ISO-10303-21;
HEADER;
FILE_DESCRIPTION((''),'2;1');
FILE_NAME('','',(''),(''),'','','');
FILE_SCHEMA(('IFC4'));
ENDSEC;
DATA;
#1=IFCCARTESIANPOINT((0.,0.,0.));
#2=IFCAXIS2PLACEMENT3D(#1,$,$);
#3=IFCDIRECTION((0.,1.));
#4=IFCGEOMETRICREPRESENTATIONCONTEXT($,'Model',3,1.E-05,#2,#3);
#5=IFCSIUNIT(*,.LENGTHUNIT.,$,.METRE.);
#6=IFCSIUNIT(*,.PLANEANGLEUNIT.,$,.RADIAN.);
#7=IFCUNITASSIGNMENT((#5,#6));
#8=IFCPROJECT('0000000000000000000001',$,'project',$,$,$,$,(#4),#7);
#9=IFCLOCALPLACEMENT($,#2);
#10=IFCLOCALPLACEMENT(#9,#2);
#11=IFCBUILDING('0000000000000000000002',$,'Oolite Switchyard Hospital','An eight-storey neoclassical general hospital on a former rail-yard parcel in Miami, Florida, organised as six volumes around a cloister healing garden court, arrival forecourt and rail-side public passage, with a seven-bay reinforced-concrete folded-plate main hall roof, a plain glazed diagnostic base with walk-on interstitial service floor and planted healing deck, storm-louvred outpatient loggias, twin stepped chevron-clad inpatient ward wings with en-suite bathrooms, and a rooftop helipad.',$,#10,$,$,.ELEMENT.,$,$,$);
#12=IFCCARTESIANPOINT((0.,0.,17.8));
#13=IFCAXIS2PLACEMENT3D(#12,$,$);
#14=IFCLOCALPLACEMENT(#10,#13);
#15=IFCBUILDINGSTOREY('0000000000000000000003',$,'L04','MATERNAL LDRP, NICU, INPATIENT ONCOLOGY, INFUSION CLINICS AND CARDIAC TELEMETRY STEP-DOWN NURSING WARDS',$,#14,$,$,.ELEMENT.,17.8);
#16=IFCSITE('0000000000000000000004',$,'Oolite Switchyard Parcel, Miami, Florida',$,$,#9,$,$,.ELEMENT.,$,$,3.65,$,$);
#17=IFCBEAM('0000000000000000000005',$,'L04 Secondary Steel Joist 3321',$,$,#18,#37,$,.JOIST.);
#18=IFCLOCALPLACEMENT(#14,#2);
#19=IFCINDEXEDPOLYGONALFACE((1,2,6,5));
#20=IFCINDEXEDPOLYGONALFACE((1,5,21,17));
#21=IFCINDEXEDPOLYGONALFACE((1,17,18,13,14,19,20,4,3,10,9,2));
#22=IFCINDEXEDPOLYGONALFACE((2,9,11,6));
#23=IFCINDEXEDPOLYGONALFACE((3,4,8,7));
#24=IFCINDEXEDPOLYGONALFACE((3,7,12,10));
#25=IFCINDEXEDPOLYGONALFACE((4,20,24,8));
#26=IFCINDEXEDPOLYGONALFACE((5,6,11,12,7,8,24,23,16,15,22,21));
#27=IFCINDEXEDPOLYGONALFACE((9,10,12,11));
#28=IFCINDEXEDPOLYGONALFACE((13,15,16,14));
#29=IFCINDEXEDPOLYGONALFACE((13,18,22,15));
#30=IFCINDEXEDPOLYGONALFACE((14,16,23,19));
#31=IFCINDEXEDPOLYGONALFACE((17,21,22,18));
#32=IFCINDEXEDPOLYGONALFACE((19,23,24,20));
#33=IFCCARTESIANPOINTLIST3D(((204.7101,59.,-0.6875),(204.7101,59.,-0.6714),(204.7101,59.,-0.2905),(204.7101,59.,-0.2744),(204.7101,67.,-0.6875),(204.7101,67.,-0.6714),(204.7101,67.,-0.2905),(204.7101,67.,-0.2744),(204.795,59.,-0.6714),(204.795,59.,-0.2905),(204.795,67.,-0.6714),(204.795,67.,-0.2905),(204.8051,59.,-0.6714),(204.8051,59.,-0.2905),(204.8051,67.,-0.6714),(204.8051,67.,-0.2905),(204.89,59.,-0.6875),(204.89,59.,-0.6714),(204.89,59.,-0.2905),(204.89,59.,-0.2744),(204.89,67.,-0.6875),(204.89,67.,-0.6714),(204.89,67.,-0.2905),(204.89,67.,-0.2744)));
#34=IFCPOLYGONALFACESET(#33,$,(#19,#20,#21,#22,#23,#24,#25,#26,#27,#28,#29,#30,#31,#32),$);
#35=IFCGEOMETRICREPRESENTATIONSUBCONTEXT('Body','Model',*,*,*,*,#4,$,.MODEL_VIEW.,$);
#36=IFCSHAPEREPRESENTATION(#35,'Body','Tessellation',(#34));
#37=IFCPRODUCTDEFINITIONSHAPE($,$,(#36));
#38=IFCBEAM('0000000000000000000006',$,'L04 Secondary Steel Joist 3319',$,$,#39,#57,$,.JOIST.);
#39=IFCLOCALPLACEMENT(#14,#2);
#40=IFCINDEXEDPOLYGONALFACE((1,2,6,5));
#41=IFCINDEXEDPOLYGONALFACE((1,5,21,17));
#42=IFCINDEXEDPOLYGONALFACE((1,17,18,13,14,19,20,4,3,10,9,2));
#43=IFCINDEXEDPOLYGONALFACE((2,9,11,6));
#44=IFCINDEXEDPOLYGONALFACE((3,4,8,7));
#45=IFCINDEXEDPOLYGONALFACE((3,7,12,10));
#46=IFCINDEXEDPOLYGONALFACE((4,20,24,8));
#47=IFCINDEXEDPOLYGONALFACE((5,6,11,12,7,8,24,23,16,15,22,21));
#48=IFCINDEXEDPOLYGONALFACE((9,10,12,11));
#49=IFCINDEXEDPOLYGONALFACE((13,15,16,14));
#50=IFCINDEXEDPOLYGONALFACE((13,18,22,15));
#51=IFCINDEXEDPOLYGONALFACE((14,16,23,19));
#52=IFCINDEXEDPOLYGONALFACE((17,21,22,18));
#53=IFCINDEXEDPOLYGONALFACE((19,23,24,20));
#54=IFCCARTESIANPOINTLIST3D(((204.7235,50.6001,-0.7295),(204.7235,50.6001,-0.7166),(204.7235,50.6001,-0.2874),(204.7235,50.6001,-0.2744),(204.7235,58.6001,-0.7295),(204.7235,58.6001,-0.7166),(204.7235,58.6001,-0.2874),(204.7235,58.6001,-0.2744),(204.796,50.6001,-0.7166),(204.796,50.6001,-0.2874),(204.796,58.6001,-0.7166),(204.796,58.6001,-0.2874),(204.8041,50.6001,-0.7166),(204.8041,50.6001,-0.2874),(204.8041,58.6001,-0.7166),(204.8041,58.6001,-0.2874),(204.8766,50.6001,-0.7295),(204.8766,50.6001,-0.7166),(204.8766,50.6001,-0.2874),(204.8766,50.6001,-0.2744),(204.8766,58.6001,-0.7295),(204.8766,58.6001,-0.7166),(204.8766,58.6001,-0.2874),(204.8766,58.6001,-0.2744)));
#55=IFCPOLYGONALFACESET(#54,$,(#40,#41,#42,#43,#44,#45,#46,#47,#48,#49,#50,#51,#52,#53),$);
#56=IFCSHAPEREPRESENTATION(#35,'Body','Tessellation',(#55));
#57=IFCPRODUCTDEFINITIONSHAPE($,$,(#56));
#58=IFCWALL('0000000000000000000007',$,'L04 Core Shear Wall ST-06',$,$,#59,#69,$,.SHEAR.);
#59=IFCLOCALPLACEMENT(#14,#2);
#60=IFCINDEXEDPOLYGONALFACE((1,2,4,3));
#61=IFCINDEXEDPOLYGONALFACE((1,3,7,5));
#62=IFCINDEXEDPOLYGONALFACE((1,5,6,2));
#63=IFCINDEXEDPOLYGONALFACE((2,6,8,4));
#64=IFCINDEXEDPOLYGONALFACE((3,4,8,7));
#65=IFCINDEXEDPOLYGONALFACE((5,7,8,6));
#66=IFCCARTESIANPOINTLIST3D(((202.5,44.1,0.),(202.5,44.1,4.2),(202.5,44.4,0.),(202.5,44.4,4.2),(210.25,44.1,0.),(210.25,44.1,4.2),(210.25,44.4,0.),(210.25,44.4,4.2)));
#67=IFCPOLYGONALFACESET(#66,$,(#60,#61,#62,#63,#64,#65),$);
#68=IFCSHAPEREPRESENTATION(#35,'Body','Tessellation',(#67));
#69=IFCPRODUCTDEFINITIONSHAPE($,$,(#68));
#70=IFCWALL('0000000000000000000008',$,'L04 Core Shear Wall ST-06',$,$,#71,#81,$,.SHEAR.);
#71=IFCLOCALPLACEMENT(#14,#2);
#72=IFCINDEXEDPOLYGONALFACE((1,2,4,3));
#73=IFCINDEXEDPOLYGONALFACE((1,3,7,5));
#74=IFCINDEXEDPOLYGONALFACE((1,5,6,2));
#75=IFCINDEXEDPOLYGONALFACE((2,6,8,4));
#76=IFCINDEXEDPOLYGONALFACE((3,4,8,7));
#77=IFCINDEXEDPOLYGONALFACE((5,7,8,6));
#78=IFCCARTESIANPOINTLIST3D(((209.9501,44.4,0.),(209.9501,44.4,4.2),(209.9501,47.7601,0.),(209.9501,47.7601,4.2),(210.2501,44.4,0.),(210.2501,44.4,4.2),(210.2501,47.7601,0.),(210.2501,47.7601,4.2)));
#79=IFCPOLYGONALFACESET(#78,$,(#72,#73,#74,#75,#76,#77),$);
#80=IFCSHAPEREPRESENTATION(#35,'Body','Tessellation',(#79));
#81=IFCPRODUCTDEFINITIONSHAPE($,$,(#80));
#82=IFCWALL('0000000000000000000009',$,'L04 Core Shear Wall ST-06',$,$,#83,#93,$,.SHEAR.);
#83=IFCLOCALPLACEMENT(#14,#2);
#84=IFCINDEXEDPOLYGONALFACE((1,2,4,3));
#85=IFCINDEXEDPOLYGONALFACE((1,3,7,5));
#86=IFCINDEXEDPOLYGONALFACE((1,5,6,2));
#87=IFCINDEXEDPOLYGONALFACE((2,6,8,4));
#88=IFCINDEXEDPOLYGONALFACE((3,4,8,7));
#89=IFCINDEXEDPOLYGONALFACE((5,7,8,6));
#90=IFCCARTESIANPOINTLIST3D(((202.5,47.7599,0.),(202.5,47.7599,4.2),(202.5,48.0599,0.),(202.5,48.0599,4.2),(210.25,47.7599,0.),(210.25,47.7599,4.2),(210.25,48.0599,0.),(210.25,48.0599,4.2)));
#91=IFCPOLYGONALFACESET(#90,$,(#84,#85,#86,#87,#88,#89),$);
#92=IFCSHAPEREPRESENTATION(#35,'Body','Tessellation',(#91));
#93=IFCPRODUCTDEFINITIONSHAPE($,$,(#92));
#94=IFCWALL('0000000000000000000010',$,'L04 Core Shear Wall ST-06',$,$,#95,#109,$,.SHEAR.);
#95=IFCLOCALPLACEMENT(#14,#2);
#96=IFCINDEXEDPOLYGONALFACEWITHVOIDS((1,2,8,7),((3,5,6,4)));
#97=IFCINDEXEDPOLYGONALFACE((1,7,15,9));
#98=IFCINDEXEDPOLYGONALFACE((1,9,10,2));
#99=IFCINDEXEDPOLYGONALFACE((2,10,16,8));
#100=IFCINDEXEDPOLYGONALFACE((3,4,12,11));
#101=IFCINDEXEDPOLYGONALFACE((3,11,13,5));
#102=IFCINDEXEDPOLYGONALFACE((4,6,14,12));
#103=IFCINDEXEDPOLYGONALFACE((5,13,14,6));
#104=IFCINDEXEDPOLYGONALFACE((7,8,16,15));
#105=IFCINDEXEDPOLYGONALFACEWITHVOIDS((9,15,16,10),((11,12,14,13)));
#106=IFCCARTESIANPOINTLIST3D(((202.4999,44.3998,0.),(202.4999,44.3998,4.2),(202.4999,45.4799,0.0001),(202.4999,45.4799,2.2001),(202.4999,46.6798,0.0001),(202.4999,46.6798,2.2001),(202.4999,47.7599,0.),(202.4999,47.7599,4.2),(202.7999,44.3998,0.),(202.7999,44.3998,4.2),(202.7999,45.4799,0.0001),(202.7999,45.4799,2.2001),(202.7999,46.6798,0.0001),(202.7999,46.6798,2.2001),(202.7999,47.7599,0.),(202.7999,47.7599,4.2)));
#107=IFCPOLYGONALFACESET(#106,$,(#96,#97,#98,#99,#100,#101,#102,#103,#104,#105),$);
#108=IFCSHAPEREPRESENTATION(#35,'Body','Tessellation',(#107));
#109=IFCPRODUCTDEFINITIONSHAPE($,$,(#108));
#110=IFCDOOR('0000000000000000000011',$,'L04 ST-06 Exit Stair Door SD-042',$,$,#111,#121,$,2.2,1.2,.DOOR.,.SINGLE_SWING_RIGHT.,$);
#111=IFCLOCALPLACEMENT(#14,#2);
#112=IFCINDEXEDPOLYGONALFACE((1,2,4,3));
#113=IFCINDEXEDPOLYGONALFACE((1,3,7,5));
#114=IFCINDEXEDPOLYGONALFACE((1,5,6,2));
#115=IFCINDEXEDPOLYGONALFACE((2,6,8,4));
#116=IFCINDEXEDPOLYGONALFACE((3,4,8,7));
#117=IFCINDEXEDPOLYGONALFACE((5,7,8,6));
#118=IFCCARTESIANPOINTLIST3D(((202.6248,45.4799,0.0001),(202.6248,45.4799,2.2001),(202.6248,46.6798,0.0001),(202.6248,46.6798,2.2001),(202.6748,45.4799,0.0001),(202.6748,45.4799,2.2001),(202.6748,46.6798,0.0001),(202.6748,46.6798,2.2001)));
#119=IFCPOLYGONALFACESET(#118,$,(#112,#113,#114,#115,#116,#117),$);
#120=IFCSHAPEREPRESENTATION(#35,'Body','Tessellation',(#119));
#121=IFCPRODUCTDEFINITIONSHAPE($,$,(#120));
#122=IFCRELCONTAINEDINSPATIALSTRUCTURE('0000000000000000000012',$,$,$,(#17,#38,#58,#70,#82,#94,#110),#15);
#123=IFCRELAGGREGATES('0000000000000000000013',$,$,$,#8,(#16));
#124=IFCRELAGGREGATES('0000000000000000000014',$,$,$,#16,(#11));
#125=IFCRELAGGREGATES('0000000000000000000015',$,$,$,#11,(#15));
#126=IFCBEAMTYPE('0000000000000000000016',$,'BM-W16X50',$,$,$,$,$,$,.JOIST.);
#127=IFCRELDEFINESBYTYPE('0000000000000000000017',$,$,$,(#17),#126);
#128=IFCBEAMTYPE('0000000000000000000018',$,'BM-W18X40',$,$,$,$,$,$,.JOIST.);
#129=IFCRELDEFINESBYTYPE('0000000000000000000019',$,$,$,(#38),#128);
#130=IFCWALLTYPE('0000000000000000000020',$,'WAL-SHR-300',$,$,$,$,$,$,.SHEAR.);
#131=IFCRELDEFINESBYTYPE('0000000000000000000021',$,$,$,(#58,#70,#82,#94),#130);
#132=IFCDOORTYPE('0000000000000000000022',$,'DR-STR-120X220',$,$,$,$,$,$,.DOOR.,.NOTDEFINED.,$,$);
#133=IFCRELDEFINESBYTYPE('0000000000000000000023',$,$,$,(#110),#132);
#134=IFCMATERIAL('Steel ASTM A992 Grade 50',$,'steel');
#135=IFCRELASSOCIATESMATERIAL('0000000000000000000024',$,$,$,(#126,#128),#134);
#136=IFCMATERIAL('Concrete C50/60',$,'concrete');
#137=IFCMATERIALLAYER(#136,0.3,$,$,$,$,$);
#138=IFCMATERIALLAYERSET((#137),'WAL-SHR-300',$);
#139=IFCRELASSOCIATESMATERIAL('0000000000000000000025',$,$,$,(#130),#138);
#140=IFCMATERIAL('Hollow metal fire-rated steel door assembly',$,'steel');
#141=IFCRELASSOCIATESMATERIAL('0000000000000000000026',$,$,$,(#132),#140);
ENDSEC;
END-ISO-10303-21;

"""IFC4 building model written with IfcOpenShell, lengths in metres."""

from ifc_helpers import new_model, si_unit, direction, frame, frame_2d, origin, origin_2d, place, context, subcontext, project, spatial, rectangle, i_section, extrude, material, layer, layer_set, material_profile, profile_set, type_object, element, fill, save


model = new_model("IFC4")

# Units and contexts
model_context = context("Model", 3, precision=1e-05, world=origin(), true_north=direction((0.0, 1.0)))
body_context = subcontext(model_context, "Body", "Model", "MODEL_VIEW")
ifc_project = project(units=[si_unit("LENGTHUNIT", "METRE"), si_unit("PLANEANGLEUNIT", "RADIAN")], contexts=[model_context])

# Site, building, storey
site_placement = place(None, origin())
site = spatial("IfcSite", under=ifc_project, at=site_placement, Name="Oolite Switchyard Parcel, Miami, Florida", CompositionType="ELEMENT", RefElevation=3.65)
building_placement = place(site_placement, origin())
building = spatial("IfcBuilding", under=site, at=building_placement, Name="Oolite Switchyard Hospital", Description="An eight-storey neoclassical general hospital on a former rail-yard parcel in Miami, Florida, organised as six volumes around a cloister healing garden court, arrival forecourt and rail-side public passage, with a seven-bay reinforced-concrete folded-plate main hall roof, a plain glazed diagnostic base with walk-on interstitial service floor and planted healing deck, storm-louvred outpatient loggias, twin stepped chevron-clad inpatient ward wings with en-suite bathrooms, and a rooftop helipad.", CompositionType="ELEMENT")
storey_placement = place(building_placement, frame((0.0, 0.0, 17.8)))
storey = spatial("IfcBuildingStorey", under=building, at=storey_placement, Name="L04", Description="MATERNAL LDRP, NICU, INPATIENT ONCOLOGY, INFUSION CLINICS AND CARDIAC TELEMETRY STEP-DOWN NURSING WARDS", CompositionType="ELEMENT", Elevation=17.8)

# Shared definitions
ifc_material_1 = material(Name="Concrete C50/60", Category="concrete")

# Beams
ifc_material_2 = material(Name="Steel ASTM A992 Grade 50", Category="steel")
ifc_material_profile_1 = material_profile(ifc_material_2, i_section(OverallWidth=0.1799, OverallDepth=0.4131, WebThickness=0.01, FlangeThickness=0.0161, at=origin_2d()), Name="W16X50")
ifc_profile_set_1 = profile_set([ifc_material_profile_1], Name="Steel ASTM A992 Grade 50")
beam_type_1 = type_object("IfcBeamType", Name="BM-W16X50", PredefinedType="JOIST", material=ifc_profile_set_1)
for number, where, z_axis, x_axis, name in (
    (1, (204.8, 59.0, -0.481), (0.0, 1.0, 0.0), (-1.0, 0.0, 0.0), "L04 Secondary Steel Joist 3321"),
):
    element("IfcBeam", number, at=place(storey_placement, frame(where, z_axis=z_axis, x_axis=x_axis)), inside=storey, type_object=beam_type_1, Name=name, PredefinedType="JOIST", context=body_context, shape_type="SweptSolid", body=[
        extrude(i_section(OverallWidth=0.1799, OverallDepth=0.4131, WebThickness=0.01, FlangeThickness=0.0161, at=origin_2d()), origin(), (0.0, 0.0, 1.0), 8.0),
    ])
ifc_material_profile_2 = material_profile(ifc_material_2, i_section(OverallWidth=0.1531, OverallDepth=0.4551, WebThickness=0.0081, FlangeThickness=0.0129, at=origin_2d()), Name="W18X40")
ifc_profile_set_2 = profile_set([ifc_material_profile_2], Name="Steel ASTM A992 Grade 50")
beam_type_2 = type_object("IfcBeamType", Name="BM-W18X40", PredefinedType="JOIST", material=ifc_profile_set_2)
beam_1_placement = place(storey_placement, frame((204.8, 50.6001, -0.502), z_axis=(0.0, 1.0, 0.0), x_axis=(-1.0, 0.0, 0.0)))
element("IfcBeam", 2, at=beam_1_placement, inside=storey, type_object=beam_type_2, Name="L04 Secondary Steel Joist 3319", PredefinedType="JOIST", context=body_context, shape_type="SweptSolid", body=[
    extrude(i_section(OverallWidth=0.1531, OverallDepth=0.4551, WebThickness=0.0081, FlangeThickness=0.0129, at=origin_2d()), origin(), (0.0, 0.0, 1.0), 8.0),
])

# Walls
ifc_layer_1 = layer(ifc_material_1, 0.3)
ifc_layer_set_1 = layer_set([ifc_layer_1], Name="WAL-SHR-300")
wall_type = type_object("IfcWallType", Name="WAL-SHR-300", PredefinedType="SHEAR", material=ifc_layer_set_1)
wall_1_placement = place(storey_placement, frame((202.5, 44.25, 0.0), z_axis=(0.0, 0.0, 1.0), x_axis=(1.0, 0.0, 0.0)))
element("IfcWall", 3, at=wall_1_placement, inside=storey, type_object=wall_type, Name="L04 Core Shear Wall ST-06", PredefinedType="SHEAR", context=body_context, shape_type="SweptSolid", body=[
    extrude(rectangle(XDim=7.75, YDim=0.3, at=frame_2d((3.875, 0.0))), origin(), (0.0, 0.0, 1.0), 4.2),
])
wall_2_placement = place(storey_placement, frame((210.1001, 44.3999, 0.0), z_axis=(0.0, 0.0, 1.0), x_axis=(0.0, 1.0, 0.0)))
element("IfcWall", 4, at=wall_2_placement, inside=storey, type_object=wall_type, Name="L04 Core Shear Wall ST-06", PredefinedType="SHEAR", context=body_context, shape_type="SweptSolid", body=[
    extrude(rectangle(XDim=3.3601, YDim=0.3, at=frame_2d((1.6802, 0.0))), origin(), (0.0, 0.0, 1.0), 4.2),
])
wall_3_placement = place(storey_placement, frame((210.25, 47.9099, 0.0), z_axis=(0.0, 0.0, 1.0), x_axis=(-1.0, 0.0, 0.0)))
element("IfcWall", 5, at=wall_3_placement, inside=storey, type_object=wall_type, Name="L04 Core Shear Wall ST-06", PredefinedType="SHEAR", context=body_context, shape_type="SweptSolid", body=[
    extrude(rectangle(XDim=7.75, YDim=0.3, at=frame_2d((3.875, 0.0))), origin(), (0.0, 0.0, 1.0), 4.2),
])

# Wall, opening, door
wall_4_placement = place(storey_placement, frame((202.6499, 47.76, 0.0), z_axis=(0.0, 0.0, 1.0), x_axis=(0.0, -1.0, 0.0)))
wall_4 = element("IfcWall", 6, at=wall_4_placement, inside=storey, type_object=wall_type, Name="L04 Core Shear Wall ST-06", PredefinedType="SHEAR", context=body_context, shape_type="SweptSolid", body=[
    extrude(rectangle(XDim=3.3601, YDim=0.3, at=frame_2d((1.6802, 0.0))), origin(), (0.0, 0.0, 1.0), 4.2),
])
opening_placement = place(wall_4_placement, frame((1.0801, 0.0, 0.0)))
opening = element("IfcOpeningElement", 7, at=opening_placement, cuts=wall_4, PredefinedType="OPENING", context=body_context, shape_type="SweptSolid", body=[
    extrude(rectangle(XDim=1.2, YDim=2.2, at=frame_2d((0.6001, 1.1001))), frame((0.0, 0.1602, 0.0), z_axis=(0.0, -1.0, 0.0), x_axis=(1.0, 0.0, 0.0)), (0.0, 0.0, 1.0), 0.3201),
])
ifc_material_3 = material(Name="Hollow metal fire-rated steel door assembly", Category="steel")
door_type = type_object("IfcDoorType", Name="DR-STR-120X220", OperationType="NOTDEFINED", PredefinedType="DOOR", material=ifc_material_3)
door_placement = place(opening_placement, origin())
door = element("IfcDoor", 8, at=door_placement, inside=storey, type_object=door_type, Name="L04 ST-06 Exit Stair Door SD-042", OperationType="SINGLE_SWING_RIGHT", OverallHeight=2.2, OverallWidth=1.2, PredefinedType="DOOR", context=body_context, shape_type="SweptSolid", body=[
    extrude(rectangle(XDim=1.2, YDim=2.2, at=frame_2d((0.6001, 1.1001))), frame((0.0, 0.0249, 0.0), z_axis=(0.0, -1.0, 0.0), x_axis=(1.0, 0.0, 0.0)), (0.0, 0.0, 1.0), 0.05),
])
fill(opening, door)

save(model, "model.ifc")
